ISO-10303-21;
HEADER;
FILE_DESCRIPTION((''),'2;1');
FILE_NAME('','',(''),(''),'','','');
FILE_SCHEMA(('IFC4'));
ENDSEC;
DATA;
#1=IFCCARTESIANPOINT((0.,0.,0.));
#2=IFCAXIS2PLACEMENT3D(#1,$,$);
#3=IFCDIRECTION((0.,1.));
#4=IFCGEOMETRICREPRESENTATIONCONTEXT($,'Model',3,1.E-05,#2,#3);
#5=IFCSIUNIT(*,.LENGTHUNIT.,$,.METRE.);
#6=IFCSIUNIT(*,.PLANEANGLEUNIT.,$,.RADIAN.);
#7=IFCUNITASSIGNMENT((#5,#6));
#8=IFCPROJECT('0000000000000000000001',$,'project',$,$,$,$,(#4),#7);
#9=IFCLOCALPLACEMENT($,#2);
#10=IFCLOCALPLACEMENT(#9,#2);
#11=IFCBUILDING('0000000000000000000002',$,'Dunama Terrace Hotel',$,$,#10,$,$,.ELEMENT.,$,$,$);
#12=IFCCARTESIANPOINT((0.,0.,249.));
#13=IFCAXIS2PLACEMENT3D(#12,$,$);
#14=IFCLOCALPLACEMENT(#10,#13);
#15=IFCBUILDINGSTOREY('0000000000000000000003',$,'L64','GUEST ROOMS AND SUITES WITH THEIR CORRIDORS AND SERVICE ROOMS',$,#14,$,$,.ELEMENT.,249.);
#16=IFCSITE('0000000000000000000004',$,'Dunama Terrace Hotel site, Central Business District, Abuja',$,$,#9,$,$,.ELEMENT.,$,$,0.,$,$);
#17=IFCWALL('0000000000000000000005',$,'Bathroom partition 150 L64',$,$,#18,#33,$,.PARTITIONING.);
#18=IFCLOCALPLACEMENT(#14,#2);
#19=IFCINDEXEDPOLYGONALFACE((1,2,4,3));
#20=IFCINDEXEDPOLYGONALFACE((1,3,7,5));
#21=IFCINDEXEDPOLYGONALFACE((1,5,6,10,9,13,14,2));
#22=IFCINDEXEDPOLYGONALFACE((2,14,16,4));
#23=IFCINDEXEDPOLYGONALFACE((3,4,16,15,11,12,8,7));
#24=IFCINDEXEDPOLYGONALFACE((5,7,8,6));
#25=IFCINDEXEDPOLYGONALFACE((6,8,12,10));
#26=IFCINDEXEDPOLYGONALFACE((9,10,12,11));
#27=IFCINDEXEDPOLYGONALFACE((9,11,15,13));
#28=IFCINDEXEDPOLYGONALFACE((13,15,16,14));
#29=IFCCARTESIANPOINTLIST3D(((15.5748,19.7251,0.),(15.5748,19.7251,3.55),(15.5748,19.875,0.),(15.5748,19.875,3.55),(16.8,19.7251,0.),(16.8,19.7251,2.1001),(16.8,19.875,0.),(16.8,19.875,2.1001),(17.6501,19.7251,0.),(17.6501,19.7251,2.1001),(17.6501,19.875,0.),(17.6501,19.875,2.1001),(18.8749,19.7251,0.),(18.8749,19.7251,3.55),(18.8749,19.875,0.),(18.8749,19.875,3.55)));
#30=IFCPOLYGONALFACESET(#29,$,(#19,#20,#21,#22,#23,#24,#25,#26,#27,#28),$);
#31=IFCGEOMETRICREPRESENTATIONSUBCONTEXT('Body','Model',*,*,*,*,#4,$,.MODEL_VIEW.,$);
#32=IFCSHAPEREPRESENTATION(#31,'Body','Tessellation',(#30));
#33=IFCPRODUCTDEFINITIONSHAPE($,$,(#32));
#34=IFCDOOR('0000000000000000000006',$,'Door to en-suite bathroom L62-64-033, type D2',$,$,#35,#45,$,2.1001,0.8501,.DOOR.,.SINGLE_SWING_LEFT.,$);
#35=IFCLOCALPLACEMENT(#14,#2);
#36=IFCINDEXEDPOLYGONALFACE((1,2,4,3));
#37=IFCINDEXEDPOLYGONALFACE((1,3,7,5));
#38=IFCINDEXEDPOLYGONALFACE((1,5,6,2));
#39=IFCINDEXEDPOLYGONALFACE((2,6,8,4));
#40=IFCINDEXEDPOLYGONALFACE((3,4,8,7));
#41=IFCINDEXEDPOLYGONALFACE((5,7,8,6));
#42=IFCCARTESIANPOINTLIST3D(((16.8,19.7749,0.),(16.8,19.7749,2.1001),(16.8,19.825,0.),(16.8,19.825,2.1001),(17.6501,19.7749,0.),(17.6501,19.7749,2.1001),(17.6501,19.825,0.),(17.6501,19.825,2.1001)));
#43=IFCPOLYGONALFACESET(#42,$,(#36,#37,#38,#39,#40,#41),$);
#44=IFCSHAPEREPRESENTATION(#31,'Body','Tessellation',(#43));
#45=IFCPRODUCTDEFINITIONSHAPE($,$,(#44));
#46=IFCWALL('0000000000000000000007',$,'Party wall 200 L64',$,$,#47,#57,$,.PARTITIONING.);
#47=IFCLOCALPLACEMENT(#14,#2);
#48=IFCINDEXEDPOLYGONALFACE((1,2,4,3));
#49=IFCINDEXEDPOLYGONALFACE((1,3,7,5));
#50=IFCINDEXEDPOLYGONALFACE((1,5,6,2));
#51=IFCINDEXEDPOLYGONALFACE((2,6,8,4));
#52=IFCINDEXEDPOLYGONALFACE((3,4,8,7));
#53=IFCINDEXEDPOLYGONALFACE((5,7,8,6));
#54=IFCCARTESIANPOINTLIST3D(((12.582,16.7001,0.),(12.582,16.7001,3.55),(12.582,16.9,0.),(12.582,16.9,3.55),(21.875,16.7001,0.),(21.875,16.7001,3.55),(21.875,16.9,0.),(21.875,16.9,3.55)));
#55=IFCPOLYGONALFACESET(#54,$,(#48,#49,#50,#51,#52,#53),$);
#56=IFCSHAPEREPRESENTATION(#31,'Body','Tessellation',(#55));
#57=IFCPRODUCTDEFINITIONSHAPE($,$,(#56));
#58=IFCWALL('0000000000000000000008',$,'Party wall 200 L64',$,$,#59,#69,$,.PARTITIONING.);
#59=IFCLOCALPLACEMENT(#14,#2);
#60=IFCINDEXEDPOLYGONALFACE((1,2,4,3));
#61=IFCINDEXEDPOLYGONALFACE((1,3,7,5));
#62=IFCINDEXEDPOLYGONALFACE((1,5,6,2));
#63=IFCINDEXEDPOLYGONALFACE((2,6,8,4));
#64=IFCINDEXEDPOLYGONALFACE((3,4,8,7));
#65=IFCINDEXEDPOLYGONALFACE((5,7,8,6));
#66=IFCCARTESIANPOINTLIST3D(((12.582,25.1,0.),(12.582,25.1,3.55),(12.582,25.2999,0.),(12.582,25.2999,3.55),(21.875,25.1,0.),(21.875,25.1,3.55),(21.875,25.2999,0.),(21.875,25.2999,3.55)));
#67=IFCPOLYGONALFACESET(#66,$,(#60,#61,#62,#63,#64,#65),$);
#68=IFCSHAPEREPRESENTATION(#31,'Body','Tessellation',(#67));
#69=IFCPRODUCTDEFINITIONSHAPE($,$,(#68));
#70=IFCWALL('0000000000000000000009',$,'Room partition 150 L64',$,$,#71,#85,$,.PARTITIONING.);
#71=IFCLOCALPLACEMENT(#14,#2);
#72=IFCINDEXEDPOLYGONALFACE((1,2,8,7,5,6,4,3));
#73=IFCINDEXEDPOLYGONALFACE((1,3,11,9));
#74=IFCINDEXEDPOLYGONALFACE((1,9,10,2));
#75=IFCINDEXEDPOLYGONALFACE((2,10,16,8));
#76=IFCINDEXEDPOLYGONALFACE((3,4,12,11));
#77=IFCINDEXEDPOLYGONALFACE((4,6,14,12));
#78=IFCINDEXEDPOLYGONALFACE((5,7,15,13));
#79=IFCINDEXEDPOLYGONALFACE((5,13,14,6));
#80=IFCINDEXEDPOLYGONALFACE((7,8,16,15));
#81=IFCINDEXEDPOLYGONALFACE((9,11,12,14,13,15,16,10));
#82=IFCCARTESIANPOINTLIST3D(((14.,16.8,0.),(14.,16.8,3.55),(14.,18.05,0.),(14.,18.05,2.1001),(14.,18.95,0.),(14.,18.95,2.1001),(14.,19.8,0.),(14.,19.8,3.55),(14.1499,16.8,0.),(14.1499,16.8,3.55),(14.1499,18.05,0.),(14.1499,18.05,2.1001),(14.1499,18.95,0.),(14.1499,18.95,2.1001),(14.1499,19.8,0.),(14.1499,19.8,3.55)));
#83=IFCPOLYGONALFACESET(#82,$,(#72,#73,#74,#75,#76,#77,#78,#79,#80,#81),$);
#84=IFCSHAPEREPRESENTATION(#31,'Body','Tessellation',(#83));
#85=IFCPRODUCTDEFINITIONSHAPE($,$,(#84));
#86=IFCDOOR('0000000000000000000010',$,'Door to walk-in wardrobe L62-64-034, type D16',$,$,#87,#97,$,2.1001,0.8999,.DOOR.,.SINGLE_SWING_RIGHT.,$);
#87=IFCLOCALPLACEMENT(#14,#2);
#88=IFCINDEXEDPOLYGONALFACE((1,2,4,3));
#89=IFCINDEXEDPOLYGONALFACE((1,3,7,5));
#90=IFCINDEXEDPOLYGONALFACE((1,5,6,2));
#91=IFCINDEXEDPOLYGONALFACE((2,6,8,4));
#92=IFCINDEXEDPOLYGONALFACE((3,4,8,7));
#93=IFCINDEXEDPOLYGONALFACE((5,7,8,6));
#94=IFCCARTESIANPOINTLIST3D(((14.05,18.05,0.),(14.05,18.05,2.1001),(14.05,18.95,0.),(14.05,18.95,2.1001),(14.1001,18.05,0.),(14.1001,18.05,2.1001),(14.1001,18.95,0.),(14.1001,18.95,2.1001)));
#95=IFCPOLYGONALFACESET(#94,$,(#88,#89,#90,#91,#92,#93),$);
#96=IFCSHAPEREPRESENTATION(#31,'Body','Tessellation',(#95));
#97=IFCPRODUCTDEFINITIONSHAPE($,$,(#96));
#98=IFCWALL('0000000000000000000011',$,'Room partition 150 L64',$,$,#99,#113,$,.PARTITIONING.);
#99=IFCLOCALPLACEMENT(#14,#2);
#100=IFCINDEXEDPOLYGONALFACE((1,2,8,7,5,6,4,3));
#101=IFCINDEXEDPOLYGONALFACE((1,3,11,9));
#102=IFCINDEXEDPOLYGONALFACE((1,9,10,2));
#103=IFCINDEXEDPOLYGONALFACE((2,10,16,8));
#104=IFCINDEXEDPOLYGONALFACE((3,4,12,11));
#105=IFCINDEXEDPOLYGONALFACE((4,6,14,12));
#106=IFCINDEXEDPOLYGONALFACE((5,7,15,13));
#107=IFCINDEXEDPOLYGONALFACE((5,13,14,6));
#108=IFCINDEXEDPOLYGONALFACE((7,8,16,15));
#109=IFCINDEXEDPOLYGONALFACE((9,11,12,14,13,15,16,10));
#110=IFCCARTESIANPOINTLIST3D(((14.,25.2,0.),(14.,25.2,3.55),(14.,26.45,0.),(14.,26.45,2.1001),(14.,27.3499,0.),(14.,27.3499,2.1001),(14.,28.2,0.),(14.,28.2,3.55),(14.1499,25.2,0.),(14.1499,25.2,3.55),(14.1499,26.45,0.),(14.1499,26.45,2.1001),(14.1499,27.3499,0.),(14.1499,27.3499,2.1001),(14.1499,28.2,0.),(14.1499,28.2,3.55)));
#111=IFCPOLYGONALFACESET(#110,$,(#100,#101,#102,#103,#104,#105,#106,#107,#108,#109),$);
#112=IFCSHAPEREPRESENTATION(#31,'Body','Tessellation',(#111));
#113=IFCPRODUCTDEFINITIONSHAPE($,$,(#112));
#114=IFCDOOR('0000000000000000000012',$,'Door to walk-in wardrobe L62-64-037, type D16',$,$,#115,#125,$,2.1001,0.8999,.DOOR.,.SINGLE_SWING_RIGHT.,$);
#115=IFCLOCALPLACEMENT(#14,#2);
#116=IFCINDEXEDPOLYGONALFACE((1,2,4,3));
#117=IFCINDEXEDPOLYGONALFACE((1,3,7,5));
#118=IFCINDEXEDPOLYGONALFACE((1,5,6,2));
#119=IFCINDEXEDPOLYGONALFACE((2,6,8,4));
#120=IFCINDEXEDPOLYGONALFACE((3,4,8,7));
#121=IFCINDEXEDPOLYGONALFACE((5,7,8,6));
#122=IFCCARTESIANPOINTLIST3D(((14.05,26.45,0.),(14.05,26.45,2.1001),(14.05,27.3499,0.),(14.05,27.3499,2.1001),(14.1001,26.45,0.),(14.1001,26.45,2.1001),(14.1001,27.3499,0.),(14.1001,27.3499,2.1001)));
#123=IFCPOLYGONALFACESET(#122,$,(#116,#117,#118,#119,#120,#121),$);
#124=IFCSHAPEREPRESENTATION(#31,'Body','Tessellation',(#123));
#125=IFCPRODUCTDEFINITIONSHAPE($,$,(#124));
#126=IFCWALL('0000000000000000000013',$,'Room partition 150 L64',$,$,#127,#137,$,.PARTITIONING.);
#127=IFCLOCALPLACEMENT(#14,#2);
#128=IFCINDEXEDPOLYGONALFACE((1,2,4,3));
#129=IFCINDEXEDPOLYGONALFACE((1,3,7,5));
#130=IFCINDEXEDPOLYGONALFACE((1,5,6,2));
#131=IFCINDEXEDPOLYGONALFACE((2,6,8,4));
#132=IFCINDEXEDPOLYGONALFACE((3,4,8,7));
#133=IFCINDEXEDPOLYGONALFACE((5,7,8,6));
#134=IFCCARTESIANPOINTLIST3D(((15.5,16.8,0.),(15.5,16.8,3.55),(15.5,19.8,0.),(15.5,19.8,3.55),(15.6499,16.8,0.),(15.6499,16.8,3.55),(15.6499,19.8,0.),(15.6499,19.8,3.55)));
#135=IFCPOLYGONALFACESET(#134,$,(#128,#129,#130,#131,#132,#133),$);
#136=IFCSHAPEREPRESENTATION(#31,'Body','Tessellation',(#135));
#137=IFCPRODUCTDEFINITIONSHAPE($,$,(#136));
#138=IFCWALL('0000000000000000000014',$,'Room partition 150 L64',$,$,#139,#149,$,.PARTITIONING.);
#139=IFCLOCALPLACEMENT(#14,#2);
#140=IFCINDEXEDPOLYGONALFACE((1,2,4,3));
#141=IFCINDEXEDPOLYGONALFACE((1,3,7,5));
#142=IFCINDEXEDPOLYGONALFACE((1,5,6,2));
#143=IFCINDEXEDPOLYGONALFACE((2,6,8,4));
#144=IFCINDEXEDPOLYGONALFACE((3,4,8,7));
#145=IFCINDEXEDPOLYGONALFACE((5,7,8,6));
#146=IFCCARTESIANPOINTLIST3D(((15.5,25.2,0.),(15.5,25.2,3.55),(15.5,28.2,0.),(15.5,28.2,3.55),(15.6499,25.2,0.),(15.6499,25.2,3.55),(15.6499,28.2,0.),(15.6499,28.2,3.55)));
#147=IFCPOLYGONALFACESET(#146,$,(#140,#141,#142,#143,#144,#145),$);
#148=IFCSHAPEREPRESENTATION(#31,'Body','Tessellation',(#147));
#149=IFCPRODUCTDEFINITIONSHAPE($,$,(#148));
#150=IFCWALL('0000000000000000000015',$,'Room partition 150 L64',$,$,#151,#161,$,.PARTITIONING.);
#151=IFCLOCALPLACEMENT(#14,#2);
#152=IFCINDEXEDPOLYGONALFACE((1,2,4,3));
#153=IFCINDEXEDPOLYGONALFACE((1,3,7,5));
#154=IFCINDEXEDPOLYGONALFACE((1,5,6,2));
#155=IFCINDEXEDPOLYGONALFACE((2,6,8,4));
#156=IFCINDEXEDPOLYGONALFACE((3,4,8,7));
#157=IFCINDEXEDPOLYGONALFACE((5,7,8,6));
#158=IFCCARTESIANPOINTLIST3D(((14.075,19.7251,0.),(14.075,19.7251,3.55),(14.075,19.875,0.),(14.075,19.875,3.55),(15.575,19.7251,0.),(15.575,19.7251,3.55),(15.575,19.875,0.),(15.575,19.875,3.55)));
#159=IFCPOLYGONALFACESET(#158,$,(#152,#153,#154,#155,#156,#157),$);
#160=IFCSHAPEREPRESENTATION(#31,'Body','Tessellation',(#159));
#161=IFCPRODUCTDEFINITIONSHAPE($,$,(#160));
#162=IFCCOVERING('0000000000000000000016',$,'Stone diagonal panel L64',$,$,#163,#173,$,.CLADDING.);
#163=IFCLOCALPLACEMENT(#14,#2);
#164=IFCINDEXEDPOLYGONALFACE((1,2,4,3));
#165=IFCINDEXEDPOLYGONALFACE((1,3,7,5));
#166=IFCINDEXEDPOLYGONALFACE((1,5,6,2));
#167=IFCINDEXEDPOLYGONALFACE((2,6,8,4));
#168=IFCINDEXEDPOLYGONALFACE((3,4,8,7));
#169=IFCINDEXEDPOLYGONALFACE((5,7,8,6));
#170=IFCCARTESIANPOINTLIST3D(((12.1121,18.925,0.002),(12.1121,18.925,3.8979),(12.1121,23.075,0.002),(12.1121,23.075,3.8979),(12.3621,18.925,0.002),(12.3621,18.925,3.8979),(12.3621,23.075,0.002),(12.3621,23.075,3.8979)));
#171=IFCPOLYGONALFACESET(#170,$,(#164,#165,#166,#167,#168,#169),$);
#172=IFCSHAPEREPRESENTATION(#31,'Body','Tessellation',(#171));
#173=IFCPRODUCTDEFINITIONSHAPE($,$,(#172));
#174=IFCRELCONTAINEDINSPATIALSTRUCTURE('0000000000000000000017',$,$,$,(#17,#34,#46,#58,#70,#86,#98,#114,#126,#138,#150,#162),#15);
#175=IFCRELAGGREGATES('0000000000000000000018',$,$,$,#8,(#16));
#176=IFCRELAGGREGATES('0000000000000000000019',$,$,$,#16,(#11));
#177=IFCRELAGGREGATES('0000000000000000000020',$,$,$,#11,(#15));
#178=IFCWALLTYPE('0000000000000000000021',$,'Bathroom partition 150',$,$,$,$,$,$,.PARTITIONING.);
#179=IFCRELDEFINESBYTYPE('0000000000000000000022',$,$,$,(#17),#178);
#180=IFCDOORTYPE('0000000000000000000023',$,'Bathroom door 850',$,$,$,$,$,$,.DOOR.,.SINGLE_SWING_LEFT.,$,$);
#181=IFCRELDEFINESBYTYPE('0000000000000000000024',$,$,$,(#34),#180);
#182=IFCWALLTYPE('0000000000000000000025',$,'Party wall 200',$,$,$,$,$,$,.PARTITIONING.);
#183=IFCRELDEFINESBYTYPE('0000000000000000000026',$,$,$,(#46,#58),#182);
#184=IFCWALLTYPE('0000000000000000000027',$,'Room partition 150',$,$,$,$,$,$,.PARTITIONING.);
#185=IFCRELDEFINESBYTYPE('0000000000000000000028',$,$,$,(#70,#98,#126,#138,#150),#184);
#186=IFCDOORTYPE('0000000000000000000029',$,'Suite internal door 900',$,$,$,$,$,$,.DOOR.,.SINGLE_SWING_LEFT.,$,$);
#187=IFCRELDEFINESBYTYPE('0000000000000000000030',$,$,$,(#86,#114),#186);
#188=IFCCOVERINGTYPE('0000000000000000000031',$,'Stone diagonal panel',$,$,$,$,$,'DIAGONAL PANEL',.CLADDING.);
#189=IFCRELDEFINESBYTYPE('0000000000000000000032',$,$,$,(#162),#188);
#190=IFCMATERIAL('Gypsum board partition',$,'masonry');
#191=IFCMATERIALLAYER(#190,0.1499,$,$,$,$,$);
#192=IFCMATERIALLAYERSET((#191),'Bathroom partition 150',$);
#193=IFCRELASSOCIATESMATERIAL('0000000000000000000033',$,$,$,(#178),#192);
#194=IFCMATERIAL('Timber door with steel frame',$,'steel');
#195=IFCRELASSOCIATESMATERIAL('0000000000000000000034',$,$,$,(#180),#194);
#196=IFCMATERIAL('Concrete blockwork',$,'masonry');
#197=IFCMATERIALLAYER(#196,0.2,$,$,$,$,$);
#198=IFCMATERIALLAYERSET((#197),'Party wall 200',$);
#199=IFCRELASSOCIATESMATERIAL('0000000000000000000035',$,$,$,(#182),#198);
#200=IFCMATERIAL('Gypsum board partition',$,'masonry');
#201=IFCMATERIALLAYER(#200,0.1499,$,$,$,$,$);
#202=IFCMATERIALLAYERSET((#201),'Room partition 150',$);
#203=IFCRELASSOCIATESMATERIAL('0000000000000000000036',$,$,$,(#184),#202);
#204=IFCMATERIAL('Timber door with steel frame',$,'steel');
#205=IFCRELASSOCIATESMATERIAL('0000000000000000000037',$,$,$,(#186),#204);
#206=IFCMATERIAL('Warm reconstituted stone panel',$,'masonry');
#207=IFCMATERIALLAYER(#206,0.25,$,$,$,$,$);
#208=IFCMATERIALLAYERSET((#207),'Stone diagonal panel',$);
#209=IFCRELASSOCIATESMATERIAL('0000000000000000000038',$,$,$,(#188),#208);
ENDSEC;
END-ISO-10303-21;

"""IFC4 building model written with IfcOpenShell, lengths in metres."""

from ifc_helpers import new_model, si_unit, direction, frame, frame_2d, origin, origin_2d, place, context, subcontext, project, spatial, rectangle, extrude, material, layer, layer_set, type_object, element, fill, save


model = new_model("IFC4")

# Units and contexts
model_context = context("Model", 3, precision=1e-05, world=origin(), true_north=direction((0.0, 1.0)))
body_context = subcontext(model_context, "Body", "Model", "MODEL_VIEW")
ifc_project = project(units=[si_unit("LENGTHUNIT", "METRE"), si_unit("PLANEANGLEUNIT", "RADIAN")], contexts=[model_context])

# Site, building, storey
site_placement = place(None, origin())
site = spatial("IfcSite", under=ifc_project, at=site_placement, Name="Dunama Terrace Hotel site, Central Business District, Abuja", CompositionType="ELEMENT", RefElevation=0.0)
building_placement = place(site_placement, origin())
building = spatial("IfcBuilding", under=site, at=building_placement, Name="Dunama Terrace Hotel", CompositionType="ELEMENT")
storey_placement = place(building_placement, frame((0.0, 0.0, 249.0)))
storey = spatial("IfcBuildingStorey", under=building, at=storey_placement, Name="L64", Description="GUEST ROOMS AND SUITES WITH THEIR CORRIDORS AND SERVICE ROOMS", CompositionType="ELEMENT", Elevation=249.0)

# Wall, opening, door
ifc_material_1 = material(Name="Gypsum board partition", Category="masonry")
ifc_layer_1 = layer(ifc_material_1, 0.1499)
ifc_layer_set_1 = layer_set([ifc_layer_1], Name="Bathroom partition 150")
wall_type_1 = type_object("IfcWallType", Name="Bathroom partition 150", PredefinedType="PARTITIONING", material=ifc_layer_set_1)
wall_1_placement = place(storey_placement, frame((15.575, 19.8, 0.0), z_axis=(0.0, 0.0, 1.0), x_axis=(1.0, 0.0, 0.0)))
wall_1 = element("IfcWall", 1, at=wall_1_placement, inside=storey, type_object=wall_type_1, Name="Bathroom partition 150 L64", PredefinedType="PARTITIONING", context=body_context, shape_type="SweptSolid", body=[
    extrude(rectangle(XDim=3.3, YDim=0.1499, at=frame_2d((1.6499, 0.0))), origin(), (0.0, 0.0, 1.0), 3.55),
])
opening_1_placement = place(wall_1_placement, frame((1.2251, 0.0, 0.0)))
opening_1 = element("IfcOpeningElement", 2, at=opening_1_placement, cuts=wall_1, PredefinedType="OPENING", context=body_context, shape_type="SweptSolid", body=[
    extrude(rectangle(XDim=0.8501, YDim=2.1001, at=frame_2d((0.425, 1.05))), frame((0.0, 0.085, 0.0), z_axis=(0.0, -1.0, 0.0), x_axis=(1.0, 0.0, 0.0)), (0.0, 0.0, 1.0), 0.1699),
])
ifc_material_2 = material(Name="Timber door with steel frame", Category="steel")
door_type_1 = type_object("IfcDoorType", Name="Bathroom door 850", OperationType="SINGLE_SWING_LEFT", PredefinedType="DOOR", material=ifc_material_2)
door_1_placement = place(opening_1_placement, frame((0.8501, 0.0, 0.0), z_axis=(0.0, 0.0, 1.0), x_axis=(-1.0, 0.0, 0.0)))
door_1 = element("IfcDoor", 3, at=door_1_placement, inside=storey, type_object=door_type_1, Name="Door to en-suite bathroom L62-64-033, type D2", OperationType="SINGLE_SWING_LEFT", OverallHeight=2.1001, OverallWidth=0.8501, PredefinedType="DOOR", context=body_context, shape_type="SweptSolid", body=[
    extrude(rectangle(XDim=0.8501, YDim=2.1001, at=frame_2d((0.425, 1.05))), frame((0.0, 0.0251, 0.0), z_axis=(0.0, -1.0, 0.0), x_axis=(1.0, 0.0, 0.0)), (0.0, 0.0, 1.0), 0.05),
])
fill(opening_1, door_1)

# Walls
ifc_material_3 = material(Name="Concrete blockwork", Category="masonry")
ifc_layer_2 = layer(ifc_material_3, 0.2)
ifc_layer_set_2 = layer_set([ifc_layer_2], Name="Party wall 200")
wall_type_2 = type_object("IfcWallType", Name="Party wall 200", PredefinedType="PARTITIONING", material=ifc_layer_set_2)
for number, where, z_axis, x_axis, name in (
    (4, (12.582, 16.8, 0.0), (0.0, 0.0, 1.0), (1.0, 0.0, 0.0), "Party wall 200 L64"),
    (5, (12.582, 25.2, 0.0), (0.0, 0.0, 1.0), (1.0, 0.0, 0.0), "Party wall 200 L64"),
):
    element("IfcWall", number, at=place(storey_placement, frame(where, z_axis=z_axis, x_axis=x_axis)), inside=storey, type_object=wall_type_2, Name=name, PredefinedType="PARTITIONING", context=body_context, shape_type="SweptSolid", body=[
        extrude(rectangle(XDim=9.293, YDim=0.2, at=frame_2d((4.6465, 0.0))), origin(), (0.0, 0.0, 1.0), 3.55),
    ])

# Walls, openings, doors
ifc_material_4 = material(Name="Gypsum board partition", Category="masonry")
ifc_layer_3 = layer(ifc_material_4, 0.1499)
ifc_layer_set_3 = layer_set([ifc_layer_3], Name="Room partition 150")
wall_type_3 = type_object("IfcWallType", Name="Room partition 150", PredefinedType="PARTITIONING", material=ifc_layer_set_3)
wall_2_placement = place(storey_placement, frame((14.075, 16.8, 0.0), z_axis=(0.0, 0.0, 1.0), x_axis=(0.0, 1.0, 0.0)))
wall_2 = element("IfcWall", 6, at=wall_2_placement, inside=storey, type_object=wall_type_3, Name="Room partition 150 L64", PredefinedType="PARTITIONING", context=body_context, shape_type="SweptSolid", body=[
    extrude(rectangle(XDim=3.0, YDim=0.1499, at=frame_2d((1.5, 0.0))), origin(), (0.0, 0.0, 1.0), 3.55),
])
opening_2_placement = place(wall_2_placement, frame((1.25, 0.0, 0.0)))
opening_2 = element("IfcOpeningElement", 7, at=opening_2_placement, cuts=wall_2, PredefinedType="OPENING", context=body_context, shape_type="SweptSolid", body=[
    extrude(rectangle(XDim=0.8999, YDim=2.1001, at=frame_2d((0.45, 1.05))), frame((0.0, 0.085, 0.0), z_axis=(0.0, -1.0, 0.0), x_axis=(1.0, 0.0, 0.0)), (0.0, 0.0, 1.0), 0.1699),
])
ifc_material_5 = material(Name="Timber door with steel frame", Category="steel")
door_type_2 = type_object("IfcDoorType", Name="Suite internal door 900", OperationType="SINGLE_SWING_LEFT", PredefinedType="DOOR", material=ifc_material_5)
door_2_placement = place(opening_2_placement, frame((0.8999, 0.0, 0.0), z_axis=(0.0, 0.0, 1.0), x_axis=(-1.0, 0.0, 0.0)))
door_2 = element("IfcDoor", 8, at=door_2_placement, inside=storey, type_object=door_type_2, Name="Door to walk-in wardrobe L62-64-034, type D16", OperationType="SINGLE_SWING_RIGHT", OverallHeight=2.1001, OverallWidth=0.8999, PredefinedType="DOOR", context=body_context, shape_type="SweptSolid", body=[
    extrude(rectangle(XDim=0.8999, YDim=2.1001, at=frame_2d((0.45, 1.05))), frame((0.0, 0.0251, 0.0), z_axis=(0.0, -1.0, 0.0), x_axis=(1.0, 0.0, 0.0)), (0.0, 0.0, 1.0), 0.05),
])
fill(opening_2, door_2)
wall_3_placement = place(storey_placement, frame((14.075, 25.2, 0.0), z_axis=(0.0, 0.0, 1.0), x_axis=(0.0, 1.0, 0.0)))
wall_3 = element("IfcWall", 9, at=wall_3_placement, inside=storey, type_object=wall_type_3, Name="Room partition 150 L64", PredefinedType="PARTITIONING", context=body_context, shape_type="SweptSolid", body=[
    extrude(rectangle(XDim=3.0, YDim=0.1499, at=frame_2d((1.5, 0.0))), origin(), (0.0, 0.0, 1.0), 3.55),
])
opening_3_placement = place(wall_3_placement, frame((1.25, 0.0, 0.0)))
opening_3 = element("IfcOpeningElement", 10, at=opening_3_placement, cuts=wall_3, PredefinedType="OPENING", context=body_context, shape_type="SweptSolid", body=[
    extrude(rectangle(XDim=0.8999, YDim=2.1001, at=frame_2d((0.45, 1.05))), frame((0.0, 0.085, 0.0), z_axis=(0.0, -1.0, 0.0), x_axis=(1.0, 0.0, 0.0)), (0.0, 0.0, 1.0), 0.1699),
])
door_3_placement = place(opening_3_placement, frame((0.8999, 0.0, 0.0), z_axis=(0.0, 0.0, 1.0), x_axis=(-1.0, 0.0, 0.0)))
door_3 = element("IfcDoor", 11, at=door_3_placement, inside=storey, type_object=door_type_2, Name="Door to walk-in wardrobe L62-64-037, type D16", OperationType="SINGLE_SWING_RIGHT", OverallHeight=2.1001, OverallWidth=0.8999, PredefinedType="DOOR", context=body_context, shape_type="SweptSolid", body=[
    extrude(rectangle(XDim=0.8999, YDim=2.1001, at=frame_2d((0.45, 1.05))), frame((0.0, 0.0251, 0.0), z_axis=(0.0, -1.0, 0.0), x_axis=(1.0, 0.0, 0.0)), (0.0, 0.0, 1.0), 0.05),
])
fill(opening_3, door_3)

# Walls
for number, where, z_axis, x_axis, name in (
    (12, (15.575, 16.8, 0.0), (0.0, 0.0, 1.0), (0.0, 1.0, 0.0), "Room partition 150 L64"),
    (13, (15.575, 25.2, 0.0), (0.0, 0.0, 1.0), (0.0, 1.0, 0.0), "Room partition 150 L64"),
):
    element("IfcWall", number, at=place(storey_placement, frame(where, z_axis=z_axis, x_axis=x_axis)), inside=storey, type_object=wall_type_3, Name=name, PredefinedType="PARTITIONING", context=body_context, shape_type="SweptSolid", body=[
        extrude(rectangle(XDim=3.0, YDim=0.1499, at=frame_2d((1.5, 0.0))), origin(), (0.0, 0.0, 1.0), 3.55),
    ])
wall_4_placement = place(storey_placement, frame((14.075, 19.8, 0.0), z_axis=(0.0, 0.0, 1.0), x_axis=(1.0, 0.0, 0.0)))
element("IfcWall", 14, at=wall_4_placement, inside=storey, type_object=wall_type_3, Name="Room partition 150 L64", PredefinedType="PARTITIONING", context=body_context, shape_type="SweptSolid", body=[
    extrude(rectangle(XDim=1.5, YDim=0.1499, at=frame_2d((0.75, 0.0))), origin(), (0.0, 0.0, 1.0), 3.55),
])

# Covering
ifc_material_6 = material(Name="Warm reconstituted stone panel", Category="masonry")
ifc_layer_4 = layer(ifc_material_6, 0.25)
ifc_layer_set_4 = layer_set([ifc_layer_4], Name="Stone diagonal panel")
covering_type = type_object("IfcCoveringType", Name="Stone diagonal panel", ElementType="DIAGONAL PANEL", PredefinedType="CLADDING", material=ifc_layer_set_4)
covering_placement = place(storey_placement, frame((12.2371, 21.0, 0.002), z_axis=(0.0, 0.0, 1.0), x_axis=(0.0, -1.0, 0.0)))
element("IfcCovering", 15, at=covering_placement, inside=storey, type_object=covering_type, Name="Stone diagonal panel L64", PredefinedType="CLADDING", context=body_context, shape_type="SweptSolid", body=[
    extrude(rectangle(XDim=4.1499, YDim=0.25, at=origin_2d()), origin(), (0.0, 0.0, 1.0), 3.896),
])

save(model, "model.ifc")
